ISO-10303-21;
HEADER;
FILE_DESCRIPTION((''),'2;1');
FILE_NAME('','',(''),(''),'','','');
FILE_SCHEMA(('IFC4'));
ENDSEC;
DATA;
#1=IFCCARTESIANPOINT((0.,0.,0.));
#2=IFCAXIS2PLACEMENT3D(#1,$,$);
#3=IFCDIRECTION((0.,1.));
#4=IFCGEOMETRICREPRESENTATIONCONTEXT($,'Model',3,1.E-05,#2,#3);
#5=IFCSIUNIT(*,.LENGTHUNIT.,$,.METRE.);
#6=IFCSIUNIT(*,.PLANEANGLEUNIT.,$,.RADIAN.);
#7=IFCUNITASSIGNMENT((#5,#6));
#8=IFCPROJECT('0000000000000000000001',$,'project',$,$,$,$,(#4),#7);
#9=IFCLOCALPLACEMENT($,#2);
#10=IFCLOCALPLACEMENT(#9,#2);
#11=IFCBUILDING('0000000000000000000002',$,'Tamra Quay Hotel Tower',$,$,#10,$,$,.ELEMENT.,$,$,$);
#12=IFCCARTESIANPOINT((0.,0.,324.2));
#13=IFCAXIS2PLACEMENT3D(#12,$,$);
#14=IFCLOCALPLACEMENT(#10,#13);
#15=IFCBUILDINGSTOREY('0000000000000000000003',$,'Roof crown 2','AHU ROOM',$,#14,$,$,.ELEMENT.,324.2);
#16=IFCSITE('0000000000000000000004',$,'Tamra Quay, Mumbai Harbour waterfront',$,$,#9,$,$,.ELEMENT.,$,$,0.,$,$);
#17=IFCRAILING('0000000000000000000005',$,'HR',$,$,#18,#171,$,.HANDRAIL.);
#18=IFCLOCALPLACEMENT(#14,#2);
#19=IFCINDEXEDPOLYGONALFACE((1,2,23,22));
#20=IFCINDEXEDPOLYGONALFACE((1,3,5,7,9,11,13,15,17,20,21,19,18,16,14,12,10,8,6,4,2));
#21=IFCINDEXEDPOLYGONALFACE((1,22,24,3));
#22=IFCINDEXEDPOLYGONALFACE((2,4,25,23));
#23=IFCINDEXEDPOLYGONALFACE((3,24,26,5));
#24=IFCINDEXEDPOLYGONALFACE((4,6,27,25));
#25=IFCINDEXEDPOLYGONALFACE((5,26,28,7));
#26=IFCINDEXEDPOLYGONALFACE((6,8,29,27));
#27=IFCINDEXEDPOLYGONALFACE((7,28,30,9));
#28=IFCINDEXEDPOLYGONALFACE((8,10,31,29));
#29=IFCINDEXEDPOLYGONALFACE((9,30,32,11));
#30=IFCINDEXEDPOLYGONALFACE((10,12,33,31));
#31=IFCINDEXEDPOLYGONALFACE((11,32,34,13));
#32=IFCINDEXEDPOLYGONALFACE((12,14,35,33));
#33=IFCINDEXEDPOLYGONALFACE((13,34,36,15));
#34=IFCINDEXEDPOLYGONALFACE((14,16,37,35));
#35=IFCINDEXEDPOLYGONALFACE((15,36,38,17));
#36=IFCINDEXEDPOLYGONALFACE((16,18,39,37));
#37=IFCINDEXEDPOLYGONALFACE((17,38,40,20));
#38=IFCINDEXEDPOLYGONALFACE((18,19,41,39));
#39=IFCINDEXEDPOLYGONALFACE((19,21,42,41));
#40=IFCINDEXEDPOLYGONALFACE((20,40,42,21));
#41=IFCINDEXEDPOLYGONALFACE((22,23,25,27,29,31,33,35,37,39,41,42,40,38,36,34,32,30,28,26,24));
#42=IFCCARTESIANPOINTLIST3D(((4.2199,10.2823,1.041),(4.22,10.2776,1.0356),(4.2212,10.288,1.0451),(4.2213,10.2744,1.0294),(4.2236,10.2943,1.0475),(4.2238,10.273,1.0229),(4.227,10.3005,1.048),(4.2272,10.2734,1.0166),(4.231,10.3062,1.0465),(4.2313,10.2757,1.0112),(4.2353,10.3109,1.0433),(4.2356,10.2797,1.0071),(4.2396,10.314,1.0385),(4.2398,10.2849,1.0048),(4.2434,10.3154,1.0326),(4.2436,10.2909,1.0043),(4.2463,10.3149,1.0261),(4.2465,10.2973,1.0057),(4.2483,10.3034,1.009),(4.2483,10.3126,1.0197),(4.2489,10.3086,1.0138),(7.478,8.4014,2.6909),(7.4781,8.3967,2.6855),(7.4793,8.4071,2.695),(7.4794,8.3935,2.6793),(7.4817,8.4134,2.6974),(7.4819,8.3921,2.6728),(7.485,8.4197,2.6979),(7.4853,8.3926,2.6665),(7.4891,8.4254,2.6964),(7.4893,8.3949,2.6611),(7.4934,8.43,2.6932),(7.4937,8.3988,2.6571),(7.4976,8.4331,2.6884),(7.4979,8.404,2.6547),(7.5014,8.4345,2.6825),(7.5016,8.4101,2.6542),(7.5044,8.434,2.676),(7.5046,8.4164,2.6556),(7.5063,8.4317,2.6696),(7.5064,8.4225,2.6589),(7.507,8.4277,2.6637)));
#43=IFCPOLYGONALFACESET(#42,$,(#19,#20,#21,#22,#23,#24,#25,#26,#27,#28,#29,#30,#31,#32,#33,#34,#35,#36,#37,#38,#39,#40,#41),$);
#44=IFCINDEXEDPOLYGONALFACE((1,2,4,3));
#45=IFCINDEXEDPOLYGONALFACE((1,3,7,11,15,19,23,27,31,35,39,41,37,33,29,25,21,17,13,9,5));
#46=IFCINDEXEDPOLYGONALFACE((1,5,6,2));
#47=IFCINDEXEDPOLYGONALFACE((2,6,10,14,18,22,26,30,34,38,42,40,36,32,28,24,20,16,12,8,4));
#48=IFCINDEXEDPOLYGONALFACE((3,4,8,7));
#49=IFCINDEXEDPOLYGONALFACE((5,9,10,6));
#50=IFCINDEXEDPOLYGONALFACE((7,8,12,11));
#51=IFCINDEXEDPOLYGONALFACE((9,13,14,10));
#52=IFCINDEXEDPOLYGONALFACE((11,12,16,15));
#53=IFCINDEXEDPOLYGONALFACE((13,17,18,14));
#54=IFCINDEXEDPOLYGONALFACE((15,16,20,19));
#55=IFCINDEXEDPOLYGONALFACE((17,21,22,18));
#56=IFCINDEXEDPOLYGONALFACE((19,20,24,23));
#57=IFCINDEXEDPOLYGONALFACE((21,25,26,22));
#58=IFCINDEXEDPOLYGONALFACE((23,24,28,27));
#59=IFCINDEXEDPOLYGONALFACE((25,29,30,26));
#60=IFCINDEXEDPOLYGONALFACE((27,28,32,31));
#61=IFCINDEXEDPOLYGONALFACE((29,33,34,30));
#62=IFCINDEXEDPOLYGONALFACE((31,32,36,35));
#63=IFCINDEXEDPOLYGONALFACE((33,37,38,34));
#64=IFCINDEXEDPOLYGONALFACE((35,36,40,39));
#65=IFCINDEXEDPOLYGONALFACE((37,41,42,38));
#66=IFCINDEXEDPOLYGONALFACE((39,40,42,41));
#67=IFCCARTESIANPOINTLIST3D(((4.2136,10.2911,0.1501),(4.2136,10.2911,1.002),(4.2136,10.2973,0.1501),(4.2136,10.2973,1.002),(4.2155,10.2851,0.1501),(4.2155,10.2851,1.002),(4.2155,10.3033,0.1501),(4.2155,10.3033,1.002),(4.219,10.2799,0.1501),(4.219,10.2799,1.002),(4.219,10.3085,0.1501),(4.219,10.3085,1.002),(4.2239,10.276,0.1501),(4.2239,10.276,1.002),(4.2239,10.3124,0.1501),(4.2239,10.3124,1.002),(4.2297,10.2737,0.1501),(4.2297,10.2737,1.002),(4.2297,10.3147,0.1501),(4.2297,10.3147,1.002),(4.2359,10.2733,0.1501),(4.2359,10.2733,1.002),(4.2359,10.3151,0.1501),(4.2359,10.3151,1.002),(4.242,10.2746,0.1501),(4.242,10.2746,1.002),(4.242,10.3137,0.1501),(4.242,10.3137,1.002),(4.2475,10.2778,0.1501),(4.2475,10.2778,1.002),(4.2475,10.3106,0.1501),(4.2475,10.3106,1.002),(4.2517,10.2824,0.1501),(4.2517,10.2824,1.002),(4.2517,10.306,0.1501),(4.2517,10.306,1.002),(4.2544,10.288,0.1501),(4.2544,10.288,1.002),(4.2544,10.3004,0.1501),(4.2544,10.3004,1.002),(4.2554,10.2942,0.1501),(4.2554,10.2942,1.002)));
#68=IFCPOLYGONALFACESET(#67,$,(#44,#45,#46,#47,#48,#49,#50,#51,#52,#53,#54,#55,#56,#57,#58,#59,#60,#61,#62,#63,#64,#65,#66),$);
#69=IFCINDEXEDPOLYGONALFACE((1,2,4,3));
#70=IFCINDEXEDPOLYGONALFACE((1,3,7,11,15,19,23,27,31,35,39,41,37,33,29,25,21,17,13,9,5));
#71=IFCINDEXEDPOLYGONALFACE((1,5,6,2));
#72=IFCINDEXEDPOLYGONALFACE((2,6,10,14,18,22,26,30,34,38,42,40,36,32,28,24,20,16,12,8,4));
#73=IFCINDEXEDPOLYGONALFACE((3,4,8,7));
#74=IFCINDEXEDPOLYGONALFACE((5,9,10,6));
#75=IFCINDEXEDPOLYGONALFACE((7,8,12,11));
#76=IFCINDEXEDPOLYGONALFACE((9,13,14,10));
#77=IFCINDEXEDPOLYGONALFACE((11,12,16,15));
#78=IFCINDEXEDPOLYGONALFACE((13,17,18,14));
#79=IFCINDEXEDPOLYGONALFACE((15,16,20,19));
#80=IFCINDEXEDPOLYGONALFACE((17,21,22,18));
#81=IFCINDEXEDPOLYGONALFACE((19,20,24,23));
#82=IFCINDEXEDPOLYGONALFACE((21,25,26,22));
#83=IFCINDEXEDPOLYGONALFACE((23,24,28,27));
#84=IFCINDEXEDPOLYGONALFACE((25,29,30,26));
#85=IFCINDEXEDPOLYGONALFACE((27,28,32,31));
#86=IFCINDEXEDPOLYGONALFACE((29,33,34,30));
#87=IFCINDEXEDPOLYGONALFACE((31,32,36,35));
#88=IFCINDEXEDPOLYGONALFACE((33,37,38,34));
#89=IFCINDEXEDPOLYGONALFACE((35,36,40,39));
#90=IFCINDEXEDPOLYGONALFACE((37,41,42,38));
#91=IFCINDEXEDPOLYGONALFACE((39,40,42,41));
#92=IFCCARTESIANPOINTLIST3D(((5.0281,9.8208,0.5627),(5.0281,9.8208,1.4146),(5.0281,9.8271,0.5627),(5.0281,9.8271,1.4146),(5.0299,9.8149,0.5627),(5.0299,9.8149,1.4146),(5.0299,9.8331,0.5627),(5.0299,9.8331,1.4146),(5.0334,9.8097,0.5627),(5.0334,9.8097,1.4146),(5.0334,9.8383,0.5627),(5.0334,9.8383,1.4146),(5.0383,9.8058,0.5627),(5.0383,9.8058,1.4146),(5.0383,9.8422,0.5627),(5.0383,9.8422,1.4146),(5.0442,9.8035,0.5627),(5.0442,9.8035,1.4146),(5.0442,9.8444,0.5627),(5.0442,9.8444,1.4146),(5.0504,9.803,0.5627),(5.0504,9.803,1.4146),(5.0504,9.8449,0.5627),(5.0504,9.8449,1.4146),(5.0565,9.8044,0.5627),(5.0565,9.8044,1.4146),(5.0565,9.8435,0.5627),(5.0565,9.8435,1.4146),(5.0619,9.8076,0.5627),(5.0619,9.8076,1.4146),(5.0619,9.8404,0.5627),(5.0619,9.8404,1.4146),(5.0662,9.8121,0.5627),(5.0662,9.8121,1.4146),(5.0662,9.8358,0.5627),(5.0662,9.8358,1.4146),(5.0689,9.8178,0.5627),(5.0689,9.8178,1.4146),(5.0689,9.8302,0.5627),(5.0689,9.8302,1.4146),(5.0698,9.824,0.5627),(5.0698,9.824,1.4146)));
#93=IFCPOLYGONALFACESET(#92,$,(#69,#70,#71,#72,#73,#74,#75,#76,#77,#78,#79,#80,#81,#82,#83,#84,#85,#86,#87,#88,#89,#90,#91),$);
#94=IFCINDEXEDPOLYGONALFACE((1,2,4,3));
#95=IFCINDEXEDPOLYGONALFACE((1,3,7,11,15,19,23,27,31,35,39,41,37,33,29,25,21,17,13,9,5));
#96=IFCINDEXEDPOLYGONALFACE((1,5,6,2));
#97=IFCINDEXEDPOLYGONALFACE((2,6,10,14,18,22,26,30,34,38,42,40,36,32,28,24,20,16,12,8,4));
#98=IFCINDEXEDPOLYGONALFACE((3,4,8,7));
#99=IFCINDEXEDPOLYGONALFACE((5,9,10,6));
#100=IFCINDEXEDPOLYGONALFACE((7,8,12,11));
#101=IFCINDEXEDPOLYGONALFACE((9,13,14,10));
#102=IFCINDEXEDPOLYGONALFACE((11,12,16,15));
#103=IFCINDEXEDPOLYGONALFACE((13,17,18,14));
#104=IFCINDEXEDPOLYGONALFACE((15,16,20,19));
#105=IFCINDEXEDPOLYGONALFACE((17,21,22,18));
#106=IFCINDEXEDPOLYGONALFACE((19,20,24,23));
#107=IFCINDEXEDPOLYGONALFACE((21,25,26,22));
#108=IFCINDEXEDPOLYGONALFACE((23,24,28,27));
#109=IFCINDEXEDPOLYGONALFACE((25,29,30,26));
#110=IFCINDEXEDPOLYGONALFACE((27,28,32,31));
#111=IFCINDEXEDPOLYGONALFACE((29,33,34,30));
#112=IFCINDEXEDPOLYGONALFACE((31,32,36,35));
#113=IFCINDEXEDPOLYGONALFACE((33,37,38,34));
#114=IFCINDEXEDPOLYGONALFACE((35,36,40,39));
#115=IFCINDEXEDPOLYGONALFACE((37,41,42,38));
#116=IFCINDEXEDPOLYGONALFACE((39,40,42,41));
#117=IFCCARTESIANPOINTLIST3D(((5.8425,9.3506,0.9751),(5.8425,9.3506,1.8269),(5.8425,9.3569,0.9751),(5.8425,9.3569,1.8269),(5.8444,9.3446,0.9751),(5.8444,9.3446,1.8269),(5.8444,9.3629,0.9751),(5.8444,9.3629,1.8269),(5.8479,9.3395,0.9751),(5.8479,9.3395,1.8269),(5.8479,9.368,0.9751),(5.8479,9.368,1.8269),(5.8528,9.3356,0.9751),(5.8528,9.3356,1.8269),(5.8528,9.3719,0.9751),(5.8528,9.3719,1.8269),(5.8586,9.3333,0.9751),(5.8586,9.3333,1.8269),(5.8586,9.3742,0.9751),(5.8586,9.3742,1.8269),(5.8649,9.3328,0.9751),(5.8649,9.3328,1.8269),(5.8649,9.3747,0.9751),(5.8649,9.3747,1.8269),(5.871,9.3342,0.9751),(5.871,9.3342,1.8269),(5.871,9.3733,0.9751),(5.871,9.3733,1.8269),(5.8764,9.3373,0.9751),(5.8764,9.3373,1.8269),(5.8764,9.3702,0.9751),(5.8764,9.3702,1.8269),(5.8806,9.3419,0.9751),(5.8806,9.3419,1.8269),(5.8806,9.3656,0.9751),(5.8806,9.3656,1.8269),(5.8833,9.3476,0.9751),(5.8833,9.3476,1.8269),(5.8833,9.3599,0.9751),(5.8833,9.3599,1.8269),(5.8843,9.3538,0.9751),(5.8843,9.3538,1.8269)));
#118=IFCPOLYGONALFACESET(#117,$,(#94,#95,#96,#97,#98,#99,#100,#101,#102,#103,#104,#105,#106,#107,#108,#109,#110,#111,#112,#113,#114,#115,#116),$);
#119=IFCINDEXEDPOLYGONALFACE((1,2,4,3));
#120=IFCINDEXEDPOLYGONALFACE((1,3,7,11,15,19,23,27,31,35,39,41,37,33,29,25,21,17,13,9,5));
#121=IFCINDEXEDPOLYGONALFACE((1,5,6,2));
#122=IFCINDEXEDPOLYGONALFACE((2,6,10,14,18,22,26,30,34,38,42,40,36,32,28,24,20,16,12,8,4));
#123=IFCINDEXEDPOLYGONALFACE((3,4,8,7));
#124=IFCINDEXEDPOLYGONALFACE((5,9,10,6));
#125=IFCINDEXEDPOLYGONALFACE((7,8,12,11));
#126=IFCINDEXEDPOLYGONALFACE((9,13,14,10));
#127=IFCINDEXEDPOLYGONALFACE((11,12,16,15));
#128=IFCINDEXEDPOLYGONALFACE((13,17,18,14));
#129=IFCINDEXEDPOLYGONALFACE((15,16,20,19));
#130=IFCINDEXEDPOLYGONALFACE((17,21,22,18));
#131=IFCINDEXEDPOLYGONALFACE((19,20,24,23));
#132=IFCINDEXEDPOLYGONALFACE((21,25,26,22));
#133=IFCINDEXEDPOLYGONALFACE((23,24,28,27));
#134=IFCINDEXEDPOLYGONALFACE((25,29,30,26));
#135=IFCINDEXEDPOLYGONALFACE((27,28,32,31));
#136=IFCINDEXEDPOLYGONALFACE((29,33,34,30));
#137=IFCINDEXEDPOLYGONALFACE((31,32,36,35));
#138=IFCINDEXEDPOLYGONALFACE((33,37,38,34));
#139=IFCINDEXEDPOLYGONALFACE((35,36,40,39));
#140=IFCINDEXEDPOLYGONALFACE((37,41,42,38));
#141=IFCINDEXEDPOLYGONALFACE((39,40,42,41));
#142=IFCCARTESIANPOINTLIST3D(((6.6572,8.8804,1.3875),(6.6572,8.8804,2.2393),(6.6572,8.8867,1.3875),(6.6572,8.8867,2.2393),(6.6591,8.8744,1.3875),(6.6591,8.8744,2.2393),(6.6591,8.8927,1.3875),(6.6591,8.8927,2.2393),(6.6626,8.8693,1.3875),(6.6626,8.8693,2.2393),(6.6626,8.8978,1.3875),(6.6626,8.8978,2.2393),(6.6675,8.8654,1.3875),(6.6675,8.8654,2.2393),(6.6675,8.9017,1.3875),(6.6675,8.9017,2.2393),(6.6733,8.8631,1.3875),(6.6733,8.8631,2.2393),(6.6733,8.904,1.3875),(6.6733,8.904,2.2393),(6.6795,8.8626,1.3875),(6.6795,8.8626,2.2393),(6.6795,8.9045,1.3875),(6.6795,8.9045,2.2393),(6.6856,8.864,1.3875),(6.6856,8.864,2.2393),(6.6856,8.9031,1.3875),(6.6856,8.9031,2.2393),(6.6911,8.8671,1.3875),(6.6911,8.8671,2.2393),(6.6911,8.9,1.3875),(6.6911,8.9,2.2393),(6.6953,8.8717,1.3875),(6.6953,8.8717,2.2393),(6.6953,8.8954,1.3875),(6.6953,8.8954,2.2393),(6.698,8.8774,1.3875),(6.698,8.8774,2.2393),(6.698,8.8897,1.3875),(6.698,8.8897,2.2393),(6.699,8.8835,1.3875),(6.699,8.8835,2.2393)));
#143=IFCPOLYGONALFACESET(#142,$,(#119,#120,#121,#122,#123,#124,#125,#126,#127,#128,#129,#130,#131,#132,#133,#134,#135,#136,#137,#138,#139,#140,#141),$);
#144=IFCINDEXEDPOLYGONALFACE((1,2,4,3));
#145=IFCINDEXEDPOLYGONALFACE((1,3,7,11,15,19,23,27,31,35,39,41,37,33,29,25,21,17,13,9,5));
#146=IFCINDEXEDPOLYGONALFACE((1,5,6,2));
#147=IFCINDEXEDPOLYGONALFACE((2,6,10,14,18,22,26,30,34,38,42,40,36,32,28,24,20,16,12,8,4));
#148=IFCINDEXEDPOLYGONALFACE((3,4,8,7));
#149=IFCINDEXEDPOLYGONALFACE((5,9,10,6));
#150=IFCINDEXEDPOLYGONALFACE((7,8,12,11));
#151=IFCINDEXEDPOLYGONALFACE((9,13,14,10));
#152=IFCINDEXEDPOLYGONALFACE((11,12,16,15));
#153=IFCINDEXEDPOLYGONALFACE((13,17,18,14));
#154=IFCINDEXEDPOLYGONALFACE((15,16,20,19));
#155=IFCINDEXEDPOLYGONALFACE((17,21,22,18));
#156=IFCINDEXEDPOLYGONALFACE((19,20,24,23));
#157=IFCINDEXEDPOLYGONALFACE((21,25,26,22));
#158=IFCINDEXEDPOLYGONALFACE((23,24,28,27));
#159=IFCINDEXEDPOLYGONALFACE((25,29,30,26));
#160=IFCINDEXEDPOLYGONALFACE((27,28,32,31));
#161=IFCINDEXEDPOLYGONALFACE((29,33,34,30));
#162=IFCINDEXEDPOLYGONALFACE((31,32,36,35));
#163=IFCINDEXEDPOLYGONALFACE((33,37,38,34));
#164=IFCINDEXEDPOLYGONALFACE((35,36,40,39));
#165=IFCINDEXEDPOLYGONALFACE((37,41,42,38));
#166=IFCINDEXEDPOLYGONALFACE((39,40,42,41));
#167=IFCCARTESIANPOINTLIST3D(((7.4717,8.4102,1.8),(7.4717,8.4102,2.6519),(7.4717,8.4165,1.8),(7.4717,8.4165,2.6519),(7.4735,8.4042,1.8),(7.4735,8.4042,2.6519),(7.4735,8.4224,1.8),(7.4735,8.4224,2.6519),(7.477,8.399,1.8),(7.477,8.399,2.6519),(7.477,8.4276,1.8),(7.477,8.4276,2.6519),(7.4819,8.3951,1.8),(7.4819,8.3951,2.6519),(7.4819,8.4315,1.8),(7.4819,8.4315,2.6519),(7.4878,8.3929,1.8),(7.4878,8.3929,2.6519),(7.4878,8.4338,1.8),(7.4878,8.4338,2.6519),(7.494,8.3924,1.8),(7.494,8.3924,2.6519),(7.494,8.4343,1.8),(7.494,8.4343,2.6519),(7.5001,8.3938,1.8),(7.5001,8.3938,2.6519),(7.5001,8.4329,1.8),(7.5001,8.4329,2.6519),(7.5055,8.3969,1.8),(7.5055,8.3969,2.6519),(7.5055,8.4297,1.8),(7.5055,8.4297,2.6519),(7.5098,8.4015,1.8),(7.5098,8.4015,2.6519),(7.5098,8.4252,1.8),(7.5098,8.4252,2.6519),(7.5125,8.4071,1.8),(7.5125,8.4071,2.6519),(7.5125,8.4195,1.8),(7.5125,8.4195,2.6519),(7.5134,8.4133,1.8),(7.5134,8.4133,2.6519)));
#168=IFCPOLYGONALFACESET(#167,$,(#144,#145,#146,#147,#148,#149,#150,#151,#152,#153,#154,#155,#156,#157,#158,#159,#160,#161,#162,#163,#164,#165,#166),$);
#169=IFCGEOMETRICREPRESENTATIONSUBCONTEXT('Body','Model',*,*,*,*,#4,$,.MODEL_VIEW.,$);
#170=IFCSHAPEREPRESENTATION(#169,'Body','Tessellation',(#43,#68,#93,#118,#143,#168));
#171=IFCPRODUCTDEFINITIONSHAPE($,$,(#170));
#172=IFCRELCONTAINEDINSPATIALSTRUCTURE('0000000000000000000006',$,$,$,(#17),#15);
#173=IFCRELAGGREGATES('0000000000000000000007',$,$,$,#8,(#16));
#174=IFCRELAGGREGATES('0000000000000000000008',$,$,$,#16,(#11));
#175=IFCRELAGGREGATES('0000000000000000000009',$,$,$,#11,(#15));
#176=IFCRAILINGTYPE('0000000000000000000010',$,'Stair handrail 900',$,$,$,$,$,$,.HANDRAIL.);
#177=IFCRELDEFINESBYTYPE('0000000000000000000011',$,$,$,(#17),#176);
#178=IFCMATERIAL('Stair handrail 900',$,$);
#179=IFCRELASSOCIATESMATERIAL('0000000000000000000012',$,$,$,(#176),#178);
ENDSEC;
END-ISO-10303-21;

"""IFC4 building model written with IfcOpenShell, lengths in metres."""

from ifc_helpers import new_model, si_unit, direction, frame, origin, origin_2d, place, context, subcontext, project, spatial, circle, extrude, material, type_object, element, save


model = new_model("IFC4")

# Units and contexts
model_context = context("Model", 3, precision=1e-05, world=origin(), true_north=direction((0.0, 1.0)))
body_context = subcontext(model_context, "Body", "Model", "MODEL_VIEW")
ifc_project = project(units=[si_unit("LENGTHUNIT", "METRE"), si_unit("PLANEANGLEUNIT", "RADIAN")], contexts=[model_context])

# Site, building, storey
site_placement = place(None, origin())
site = spatial("IfcSite", under=ifc_project, at=site_placement, Name="Tamra Quay, Mumbai Harbour waterfront", CompositionType="ELEMENT", RefElevation=0.0)
building_placement = place(site_placement, origin())
building = spatial("IfcBuilding", under=site, at=building_placement, Name="Tamra Quay Hotel Tower", CompositionType="ELEMENT")
storey_placement = place(building_placement, frame((0.0, 0.0, 324.2)))
storey = spatial("IfcBuildingStorey", under=building, at=storey_placement, Name="Roof crown 2", Description="AHU ROOM", CompositionType="ELEMENT", Elevation=324.2)

# Railing
ifc_material_1 = material(Name="Stair handrail 900")
railing_type_1 = type_object("IfcRailingType", Name="Stair handrail 900", PredefinedType="HANDRAIL", material=ifc_material_1)
railing_1_placement = place(storey_placement, frame((4.2344, 10.2942, 0.1501)))
element("IfcRailing", 1, at=railing_1_placement, inside=storey, type_object=railing_type_1, Name="HR", PredefinedType="HANDRAIL", context=body_context, shape_type="SweptSolid", body=[
    extrude(circle(Radius=0.0239, at=origin_2d()), frame((0.0, 0.0, 0.876), z_axis=(0.793122, -0.457865, 0.401642), x_axis=(0.499964, 0.866046, 0.0)), (0.0, 0.0, 1.0), 4.1079),
    extrude(circle(Radius=0.021, at=origin_2d()), origin(), (0.0, 0.0, 1.0), 0.8518),
    extrude(circle(Radius=0.021, at=origin_2d()), frame((0.8145, -0.4702, 0.4126)), (0.0, 0.0, 1.0), 0.8518),
    extrude(circle(Radius=0.021, at=origin_2d()), frame((1.6289, -0.9404, 0.825)), (0.0, 0.0, 1.0), 0.8518),
    extrude(circle(Radius=0.021, at=origin_2d()), frame((2.4436, -1.4106, 1.2373)), (0.0, 0.0, 1.0), 0.8518),
    extrude(circle(Radius=0.021, at=origin_2d()), frame((3.2581, -1.8809, 1.6499)), (0.0, 0.0, 1.0), 0.8518),
])

save(model, "model.ifc")
